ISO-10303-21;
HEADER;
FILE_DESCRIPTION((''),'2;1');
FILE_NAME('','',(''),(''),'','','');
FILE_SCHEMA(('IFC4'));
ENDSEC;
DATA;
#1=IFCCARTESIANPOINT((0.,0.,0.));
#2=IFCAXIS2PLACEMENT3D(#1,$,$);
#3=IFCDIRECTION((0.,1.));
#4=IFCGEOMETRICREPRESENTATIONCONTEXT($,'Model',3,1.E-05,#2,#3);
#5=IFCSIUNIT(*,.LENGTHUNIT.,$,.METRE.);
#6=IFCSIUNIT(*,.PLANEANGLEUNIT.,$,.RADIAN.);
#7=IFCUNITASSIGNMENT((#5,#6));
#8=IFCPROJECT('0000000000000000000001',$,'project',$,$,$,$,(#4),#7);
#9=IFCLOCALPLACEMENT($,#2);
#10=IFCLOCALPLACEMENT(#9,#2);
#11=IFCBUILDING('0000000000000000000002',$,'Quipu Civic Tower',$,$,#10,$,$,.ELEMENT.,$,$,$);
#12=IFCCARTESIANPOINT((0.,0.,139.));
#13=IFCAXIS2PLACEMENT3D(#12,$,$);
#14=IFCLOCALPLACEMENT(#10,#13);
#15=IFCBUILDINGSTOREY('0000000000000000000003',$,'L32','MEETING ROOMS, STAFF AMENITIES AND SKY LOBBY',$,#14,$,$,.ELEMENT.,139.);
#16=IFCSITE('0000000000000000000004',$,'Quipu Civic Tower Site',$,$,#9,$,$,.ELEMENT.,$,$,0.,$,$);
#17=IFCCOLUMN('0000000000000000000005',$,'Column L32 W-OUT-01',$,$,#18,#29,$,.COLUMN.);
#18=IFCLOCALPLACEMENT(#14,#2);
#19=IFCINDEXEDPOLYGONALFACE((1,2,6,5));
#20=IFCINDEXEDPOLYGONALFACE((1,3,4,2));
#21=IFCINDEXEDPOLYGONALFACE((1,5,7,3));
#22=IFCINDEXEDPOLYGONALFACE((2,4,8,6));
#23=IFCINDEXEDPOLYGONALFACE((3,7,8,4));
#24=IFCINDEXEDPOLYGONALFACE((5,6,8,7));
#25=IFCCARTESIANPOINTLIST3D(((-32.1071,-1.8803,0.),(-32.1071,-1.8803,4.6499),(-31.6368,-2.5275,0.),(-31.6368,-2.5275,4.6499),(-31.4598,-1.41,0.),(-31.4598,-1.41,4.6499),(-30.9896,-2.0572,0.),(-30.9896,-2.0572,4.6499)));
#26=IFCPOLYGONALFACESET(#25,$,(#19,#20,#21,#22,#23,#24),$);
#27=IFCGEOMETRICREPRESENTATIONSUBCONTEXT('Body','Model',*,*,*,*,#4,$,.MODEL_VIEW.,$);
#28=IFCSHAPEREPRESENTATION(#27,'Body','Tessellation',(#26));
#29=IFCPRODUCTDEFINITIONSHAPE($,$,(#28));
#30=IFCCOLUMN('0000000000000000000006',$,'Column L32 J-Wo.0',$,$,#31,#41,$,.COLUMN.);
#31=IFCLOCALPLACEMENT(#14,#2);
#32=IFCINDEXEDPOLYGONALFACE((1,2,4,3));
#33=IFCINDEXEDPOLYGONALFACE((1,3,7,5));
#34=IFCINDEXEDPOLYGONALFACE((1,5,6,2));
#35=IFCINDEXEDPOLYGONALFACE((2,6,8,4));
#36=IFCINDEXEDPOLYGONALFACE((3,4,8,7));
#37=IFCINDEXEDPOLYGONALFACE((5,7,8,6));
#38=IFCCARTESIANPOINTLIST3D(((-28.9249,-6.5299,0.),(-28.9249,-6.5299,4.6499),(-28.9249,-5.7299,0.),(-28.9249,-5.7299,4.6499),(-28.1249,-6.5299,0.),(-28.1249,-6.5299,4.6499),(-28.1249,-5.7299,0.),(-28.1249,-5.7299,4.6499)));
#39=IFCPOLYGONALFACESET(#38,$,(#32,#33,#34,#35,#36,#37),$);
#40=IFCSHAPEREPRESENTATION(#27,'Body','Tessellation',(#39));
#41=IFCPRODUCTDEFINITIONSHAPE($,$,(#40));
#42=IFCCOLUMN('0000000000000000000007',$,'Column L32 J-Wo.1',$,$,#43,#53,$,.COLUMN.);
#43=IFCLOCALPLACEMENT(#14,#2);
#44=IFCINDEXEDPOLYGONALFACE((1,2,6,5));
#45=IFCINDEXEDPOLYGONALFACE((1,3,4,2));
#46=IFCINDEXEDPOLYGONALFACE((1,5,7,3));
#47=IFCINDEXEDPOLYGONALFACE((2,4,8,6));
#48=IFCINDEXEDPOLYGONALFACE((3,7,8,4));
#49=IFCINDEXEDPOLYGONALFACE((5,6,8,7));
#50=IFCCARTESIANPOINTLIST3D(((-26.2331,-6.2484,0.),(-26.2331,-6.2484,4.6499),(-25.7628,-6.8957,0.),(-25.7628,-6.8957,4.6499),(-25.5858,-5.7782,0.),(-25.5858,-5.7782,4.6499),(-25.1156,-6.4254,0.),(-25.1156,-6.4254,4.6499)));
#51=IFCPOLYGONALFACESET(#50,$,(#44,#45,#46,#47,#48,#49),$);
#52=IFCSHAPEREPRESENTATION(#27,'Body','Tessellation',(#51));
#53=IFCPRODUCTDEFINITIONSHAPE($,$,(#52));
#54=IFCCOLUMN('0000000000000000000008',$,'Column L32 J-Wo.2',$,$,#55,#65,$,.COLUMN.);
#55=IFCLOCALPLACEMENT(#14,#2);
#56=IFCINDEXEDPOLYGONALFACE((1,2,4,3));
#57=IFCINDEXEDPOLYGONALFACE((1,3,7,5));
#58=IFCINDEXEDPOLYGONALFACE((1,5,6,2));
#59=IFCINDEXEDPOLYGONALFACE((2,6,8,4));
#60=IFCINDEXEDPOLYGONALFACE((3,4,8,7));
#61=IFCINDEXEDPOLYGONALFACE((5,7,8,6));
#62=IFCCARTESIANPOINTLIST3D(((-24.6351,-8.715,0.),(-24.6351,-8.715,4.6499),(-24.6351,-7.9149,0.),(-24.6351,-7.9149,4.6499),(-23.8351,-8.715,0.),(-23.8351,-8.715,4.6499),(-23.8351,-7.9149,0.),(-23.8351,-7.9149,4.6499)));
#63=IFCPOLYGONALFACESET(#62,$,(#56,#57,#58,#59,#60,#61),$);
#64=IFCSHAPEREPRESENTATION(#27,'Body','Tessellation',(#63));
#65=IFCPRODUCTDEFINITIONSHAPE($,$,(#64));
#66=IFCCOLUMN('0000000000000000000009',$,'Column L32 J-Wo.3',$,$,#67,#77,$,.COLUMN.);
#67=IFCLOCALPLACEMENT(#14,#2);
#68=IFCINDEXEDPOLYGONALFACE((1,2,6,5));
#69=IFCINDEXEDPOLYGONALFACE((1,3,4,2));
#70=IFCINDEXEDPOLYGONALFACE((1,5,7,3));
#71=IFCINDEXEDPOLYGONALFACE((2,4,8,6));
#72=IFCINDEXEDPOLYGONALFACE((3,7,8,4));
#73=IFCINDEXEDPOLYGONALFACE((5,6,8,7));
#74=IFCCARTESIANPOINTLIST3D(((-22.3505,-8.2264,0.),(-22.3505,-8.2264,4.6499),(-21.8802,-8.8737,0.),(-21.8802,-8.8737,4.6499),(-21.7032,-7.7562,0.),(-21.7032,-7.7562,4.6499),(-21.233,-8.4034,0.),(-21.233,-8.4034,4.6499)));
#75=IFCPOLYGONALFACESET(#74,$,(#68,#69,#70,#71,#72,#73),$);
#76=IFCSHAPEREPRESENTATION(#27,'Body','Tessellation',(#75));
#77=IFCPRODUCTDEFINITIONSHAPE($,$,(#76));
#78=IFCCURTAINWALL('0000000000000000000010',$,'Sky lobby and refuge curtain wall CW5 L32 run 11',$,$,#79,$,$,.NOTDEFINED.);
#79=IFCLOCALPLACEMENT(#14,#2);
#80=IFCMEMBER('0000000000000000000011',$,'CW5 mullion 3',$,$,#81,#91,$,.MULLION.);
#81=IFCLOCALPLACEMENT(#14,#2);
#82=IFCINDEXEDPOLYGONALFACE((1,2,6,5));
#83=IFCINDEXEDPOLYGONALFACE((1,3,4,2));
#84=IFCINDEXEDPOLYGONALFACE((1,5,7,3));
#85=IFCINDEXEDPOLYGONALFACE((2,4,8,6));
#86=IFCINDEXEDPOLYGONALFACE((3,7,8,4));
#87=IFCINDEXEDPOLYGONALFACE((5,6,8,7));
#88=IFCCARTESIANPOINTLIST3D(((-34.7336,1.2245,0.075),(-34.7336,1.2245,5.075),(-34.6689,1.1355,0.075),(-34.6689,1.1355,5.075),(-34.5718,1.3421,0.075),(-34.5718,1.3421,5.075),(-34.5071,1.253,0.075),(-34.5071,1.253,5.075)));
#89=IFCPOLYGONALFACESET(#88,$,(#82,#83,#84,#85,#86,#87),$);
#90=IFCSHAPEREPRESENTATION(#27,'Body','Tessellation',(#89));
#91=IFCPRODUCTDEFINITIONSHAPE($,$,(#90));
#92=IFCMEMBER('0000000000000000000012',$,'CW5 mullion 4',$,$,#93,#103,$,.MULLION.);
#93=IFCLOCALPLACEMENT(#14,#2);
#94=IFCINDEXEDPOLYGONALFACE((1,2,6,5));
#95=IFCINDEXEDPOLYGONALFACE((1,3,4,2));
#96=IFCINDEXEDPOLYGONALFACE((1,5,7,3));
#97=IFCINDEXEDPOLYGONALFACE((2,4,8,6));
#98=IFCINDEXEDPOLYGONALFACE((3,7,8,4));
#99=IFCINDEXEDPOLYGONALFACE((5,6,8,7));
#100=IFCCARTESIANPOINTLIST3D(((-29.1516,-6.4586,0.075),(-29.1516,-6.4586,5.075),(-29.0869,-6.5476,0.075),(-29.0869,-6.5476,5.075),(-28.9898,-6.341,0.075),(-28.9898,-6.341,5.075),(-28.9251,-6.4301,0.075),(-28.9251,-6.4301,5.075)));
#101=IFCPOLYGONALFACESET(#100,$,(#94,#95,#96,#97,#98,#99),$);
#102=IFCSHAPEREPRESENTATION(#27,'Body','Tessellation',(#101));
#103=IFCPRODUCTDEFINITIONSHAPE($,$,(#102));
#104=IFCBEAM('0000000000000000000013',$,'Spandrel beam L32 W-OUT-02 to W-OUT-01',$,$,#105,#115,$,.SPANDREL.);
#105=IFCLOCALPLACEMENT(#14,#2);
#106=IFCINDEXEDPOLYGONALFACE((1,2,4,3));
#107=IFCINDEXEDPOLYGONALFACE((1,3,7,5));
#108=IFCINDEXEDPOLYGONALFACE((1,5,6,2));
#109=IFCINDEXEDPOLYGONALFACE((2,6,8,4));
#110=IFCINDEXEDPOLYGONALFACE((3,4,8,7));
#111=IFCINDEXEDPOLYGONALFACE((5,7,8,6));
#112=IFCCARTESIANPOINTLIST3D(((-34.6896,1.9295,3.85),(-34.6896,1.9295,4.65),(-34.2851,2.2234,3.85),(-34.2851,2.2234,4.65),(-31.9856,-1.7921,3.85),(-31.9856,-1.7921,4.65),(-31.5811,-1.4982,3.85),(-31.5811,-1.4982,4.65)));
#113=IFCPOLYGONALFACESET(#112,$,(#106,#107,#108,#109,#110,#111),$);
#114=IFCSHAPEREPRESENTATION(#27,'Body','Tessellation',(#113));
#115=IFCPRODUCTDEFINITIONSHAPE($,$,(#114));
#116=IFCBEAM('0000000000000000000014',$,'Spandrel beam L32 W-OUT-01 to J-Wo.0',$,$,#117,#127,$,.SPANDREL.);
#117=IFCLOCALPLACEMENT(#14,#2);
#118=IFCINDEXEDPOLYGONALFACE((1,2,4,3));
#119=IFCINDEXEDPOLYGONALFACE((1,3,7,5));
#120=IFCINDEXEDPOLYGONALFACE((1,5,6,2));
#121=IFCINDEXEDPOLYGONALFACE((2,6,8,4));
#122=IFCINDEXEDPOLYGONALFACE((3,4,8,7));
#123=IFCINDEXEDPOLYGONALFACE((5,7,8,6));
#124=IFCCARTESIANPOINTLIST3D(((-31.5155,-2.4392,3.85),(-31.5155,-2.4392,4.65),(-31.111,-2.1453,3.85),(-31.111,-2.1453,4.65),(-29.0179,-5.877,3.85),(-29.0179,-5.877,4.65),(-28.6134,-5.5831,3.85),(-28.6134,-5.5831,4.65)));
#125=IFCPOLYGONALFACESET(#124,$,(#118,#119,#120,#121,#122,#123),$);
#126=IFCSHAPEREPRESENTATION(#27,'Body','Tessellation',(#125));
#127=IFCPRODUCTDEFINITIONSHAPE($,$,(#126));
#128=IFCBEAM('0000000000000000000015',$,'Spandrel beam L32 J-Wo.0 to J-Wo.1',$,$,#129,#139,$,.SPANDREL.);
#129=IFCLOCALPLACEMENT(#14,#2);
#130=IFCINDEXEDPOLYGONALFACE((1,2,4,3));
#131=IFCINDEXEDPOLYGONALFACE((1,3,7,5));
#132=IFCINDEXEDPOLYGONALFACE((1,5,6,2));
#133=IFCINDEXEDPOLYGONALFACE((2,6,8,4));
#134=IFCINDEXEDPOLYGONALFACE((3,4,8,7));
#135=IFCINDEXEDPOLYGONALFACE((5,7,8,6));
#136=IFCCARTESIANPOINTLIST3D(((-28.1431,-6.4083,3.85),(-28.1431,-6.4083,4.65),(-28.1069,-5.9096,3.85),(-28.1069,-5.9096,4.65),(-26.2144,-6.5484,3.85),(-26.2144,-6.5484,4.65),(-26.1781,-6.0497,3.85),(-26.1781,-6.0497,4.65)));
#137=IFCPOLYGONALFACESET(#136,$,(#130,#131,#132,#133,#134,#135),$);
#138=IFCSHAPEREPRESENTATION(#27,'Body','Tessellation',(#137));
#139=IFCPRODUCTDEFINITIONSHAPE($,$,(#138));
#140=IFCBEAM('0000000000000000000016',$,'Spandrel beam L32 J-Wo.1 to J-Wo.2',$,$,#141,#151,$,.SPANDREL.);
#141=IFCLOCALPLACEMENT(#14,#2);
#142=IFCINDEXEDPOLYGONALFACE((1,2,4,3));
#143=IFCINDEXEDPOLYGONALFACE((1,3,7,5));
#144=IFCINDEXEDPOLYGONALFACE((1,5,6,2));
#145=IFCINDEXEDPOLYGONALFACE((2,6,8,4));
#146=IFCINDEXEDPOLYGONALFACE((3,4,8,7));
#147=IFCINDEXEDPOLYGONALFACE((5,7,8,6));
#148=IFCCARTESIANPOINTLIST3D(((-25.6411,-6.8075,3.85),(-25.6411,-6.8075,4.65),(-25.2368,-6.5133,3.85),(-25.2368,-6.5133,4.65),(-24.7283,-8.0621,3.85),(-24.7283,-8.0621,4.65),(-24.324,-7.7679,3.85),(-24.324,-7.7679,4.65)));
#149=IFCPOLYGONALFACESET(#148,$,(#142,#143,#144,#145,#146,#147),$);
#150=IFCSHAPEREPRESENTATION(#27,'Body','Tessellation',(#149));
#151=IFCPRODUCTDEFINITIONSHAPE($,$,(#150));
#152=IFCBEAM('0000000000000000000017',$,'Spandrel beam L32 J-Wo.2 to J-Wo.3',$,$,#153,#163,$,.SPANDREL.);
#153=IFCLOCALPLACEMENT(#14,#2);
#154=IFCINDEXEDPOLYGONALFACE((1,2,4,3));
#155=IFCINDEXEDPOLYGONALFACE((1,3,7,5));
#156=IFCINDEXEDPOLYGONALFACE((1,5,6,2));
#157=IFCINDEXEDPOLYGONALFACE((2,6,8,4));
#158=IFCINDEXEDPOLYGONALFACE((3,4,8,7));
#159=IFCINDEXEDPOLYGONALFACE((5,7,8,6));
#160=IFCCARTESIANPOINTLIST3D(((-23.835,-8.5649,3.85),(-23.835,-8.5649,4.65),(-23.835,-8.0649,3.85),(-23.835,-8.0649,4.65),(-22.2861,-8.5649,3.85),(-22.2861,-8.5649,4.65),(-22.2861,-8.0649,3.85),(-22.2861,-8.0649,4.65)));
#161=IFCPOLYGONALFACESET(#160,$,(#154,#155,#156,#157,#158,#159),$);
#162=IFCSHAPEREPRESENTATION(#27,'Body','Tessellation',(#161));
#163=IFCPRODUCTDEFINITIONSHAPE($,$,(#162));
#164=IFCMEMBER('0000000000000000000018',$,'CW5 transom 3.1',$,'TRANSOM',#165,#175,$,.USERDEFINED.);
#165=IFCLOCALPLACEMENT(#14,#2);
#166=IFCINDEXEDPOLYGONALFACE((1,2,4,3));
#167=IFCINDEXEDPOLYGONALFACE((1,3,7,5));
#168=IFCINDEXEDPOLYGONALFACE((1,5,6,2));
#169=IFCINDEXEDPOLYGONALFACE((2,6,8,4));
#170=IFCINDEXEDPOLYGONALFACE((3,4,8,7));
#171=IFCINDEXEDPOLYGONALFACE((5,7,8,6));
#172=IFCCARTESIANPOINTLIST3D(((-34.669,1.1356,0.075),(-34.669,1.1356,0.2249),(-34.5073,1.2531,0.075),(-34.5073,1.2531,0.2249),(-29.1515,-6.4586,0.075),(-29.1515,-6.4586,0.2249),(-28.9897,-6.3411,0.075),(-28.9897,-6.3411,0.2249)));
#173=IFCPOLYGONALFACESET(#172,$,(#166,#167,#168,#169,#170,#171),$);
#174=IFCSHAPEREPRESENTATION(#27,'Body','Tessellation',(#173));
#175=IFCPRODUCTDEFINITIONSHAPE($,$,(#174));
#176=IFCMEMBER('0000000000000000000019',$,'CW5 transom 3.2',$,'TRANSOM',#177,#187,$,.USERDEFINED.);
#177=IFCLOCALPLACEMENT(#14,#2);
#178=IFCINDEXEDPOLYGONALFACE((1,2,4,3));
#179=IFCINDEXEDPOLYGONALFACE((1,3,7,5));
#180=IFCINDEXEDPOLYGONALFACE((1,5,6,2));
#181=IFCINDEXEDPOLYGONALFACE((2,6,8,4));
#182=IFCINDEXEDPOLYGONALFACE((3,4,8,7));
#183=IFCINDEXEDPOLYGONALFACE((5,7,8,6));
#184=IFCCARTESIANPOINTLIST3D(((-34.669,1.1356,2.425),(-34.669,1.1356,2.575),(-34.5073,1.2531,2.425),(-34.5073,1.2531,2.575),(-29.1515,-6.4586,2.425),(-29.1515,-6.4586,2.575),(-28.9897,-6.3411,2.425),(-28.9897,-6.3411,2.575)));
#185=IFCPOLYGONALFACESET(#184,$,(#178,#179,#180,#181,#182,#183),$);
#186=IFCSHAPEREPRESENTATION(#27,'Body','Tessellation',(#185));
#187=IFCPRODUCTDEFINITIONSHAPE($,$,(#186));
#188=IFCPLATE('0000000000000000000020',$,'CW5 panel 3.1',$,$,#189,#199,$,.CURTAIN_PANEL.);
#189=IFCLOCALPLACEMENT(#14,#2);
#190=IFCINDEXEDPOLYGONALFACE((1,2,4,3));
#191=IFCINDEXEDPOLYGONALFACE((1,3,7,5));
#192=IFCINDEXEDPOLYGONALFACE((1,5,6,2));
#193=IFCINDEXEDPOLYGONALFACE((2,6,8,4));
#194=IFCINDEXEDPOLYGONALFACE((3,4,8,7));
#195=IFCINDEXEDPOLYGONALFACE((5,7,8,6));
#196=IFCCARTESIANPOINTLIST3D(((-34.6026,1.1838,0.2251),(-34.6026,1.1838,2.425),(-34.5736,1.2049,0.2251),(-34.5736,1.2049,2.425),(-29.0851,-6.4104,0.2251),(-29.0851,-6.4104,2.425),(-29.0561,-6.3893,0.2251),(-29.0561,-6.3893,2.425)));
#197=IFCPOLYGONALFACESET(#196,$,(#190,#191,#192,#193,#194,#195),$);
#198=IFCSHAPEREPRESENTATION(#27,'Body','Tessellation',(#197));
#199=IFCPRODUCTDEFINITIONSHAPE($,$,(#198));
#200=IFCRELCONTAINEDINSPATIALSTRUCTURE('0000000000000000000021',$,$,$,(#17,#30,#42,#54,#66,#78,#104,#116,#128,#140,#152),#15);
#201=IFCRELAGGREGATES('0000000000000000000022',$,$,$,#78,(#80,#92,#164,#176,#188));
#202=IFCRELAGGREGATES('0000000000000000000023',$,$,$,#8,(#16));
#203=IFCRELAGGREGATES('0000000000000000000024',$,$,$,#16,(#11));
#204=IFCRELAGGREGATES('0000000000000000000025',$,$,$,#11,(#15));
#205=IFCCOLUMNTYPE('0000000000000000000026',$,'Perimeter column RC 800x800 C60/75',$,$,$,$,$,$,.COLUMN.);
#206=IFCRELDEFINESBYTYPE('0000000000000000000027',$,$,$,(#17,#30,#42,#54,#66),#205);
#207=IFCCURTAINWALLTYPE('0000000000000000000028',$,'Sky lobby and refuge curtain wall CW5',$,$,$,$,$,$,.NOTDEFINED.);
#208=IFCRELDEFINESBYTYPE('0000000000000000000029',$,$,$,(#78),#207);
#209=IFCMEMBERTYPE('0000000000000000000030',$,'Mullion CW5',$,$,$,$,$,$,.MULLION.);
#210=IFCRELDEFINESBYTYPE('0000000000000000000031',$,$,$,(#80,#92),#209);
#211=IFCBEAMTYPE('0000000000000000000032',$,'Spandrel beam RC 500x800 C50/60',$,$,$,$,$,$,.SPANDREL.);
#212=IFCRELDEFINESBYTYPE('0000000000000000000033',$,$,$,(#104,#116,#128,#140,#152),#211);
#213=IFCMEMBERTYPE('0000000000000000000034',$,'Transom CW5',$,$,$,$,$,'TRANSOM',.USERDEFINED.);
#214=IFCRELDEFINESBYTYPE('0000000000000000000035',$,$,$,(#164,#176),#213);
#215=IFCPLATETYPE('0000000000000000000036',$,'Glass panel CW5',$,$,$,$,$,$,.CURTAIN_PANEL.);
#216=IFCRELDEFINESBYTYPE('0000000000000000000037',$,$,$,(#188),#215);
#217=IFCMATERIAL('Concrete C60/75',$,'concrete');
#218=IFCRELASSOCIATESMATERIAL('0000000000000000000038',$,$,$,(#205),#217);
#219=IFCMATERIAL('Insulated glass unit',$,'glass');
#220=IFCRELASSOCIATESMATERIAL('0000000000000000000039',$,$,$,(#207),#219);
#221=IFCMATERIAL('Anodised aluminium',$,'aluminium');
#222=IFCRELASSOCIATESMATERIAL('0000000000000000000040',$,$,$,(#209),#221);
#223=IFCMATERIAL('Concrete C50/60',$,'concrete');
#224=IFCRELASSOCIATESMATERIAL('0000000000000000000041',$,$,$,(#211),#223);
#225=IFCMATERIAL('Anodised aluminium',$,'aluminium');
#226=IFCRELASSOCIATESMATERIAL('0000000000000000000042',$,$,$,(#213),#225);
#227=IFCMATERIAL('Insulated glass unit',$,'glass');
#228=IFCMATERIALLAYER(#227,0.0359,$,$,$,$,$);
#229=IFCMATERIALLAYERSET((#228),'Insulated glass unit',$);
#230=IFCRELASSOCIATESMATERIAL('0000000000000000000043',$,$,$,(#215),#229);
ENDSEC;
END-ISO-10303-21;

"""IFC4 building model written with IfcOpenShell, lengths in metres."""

from ifc_helpers import new_model, si_unit, direction, frame, origin, origin_2d, place, context, subcontext, project, spatial, rectangle, extrude, material, layer, layer_set, material_profile, profile_set, type_object, element, aggregate, save


model = new_model("IFC4")

# Units and contexts
model_context = context("Model", 3, precision=1e-05, world=origin(), true_north=direction((0.0, 1.0)))
body_context = subcontext(model_context, "Body", "Model", "MODEL_VIEW")
ifc_project = project(units=[si_unit("LENGTHUNIT", "METRE"), si_unit("PLANEANGLEUNIT", "RADIAN")], contexts=[model_context])

# Site, building, storey
site_placement = place(None, origin())
site = spatial("IfcSite", under=ifc_project, at=site_placement, Name="Quipu Civic Tower Site", CompositionType="ELEMENT", RefElevation=0.0)
building_placement = place(site_placement, origin())
building = spatial("IfcBuilding", under=site, at=building_placement, Name="Quipu Civic Tower", CompositionType="ELEMENT")
storey_placement = place(building_placement, frame((0.0, 0.0, 139.0)))
storey = spatial("IfcBuildingStorey", under=building, at=storey_placement, Name="L32", Description="MEETING ROOMS, STAFF AMENITIES AND SKY LOBBY", CompositionType="ELEMENT", Elevation=139.0)

# Columns
ifc_material_1 = material(Name="Concrete C60/75", Category="concrete")
ifc_material_profile_1 = material_profile(ifc_material_1, rectangle(XDim=0.8, YDim=0.8, at=origin_2d()), Name="RC800x800")
ifc_profile_set_1 = profile_set([ifc_material_profile_1], Name="Concrete C60/75")
column_type = type_object("IfcColumnType", Name="Perimeter column RC 800x800 C60/75", PredefinedType="COLUMN", material=ifc_profile_set_1)
for number, where, z_axis, x_axis, name in (
    (1, (-31.5483, -1.9688, 0.0), (0.0, 0.0, 1.0), (0.587785, -0.809017, 0.0), "Column L32 W-OUT-01"),
    (2, (-28.5249, -6.1299, 0.0), (0.0, 0.0, 1.0), (1.0, 0.0, 0.0), "Column L32 J-Wo.0"),
    (3, (-25.6743, -6.3369, 0.0), (0.0, 0.0, 1.0), (0.587785, -0.809017, 0.0), "Column L32 J-Wo.1"),
    (4, (-24.2351, -8.3149, 0.0), (0.0, 0.0, 1.0), (1.0, 0.0, 0.0), "Column L32 J-Wo.2"),
    (5, (-21.7917, -8.3149, 0.0), (0.0, 0.0, 1.0), (0.587785, -0.809017, 0.0), "Column L32 J-Wo.3"),
):
    element("IfcColumn", number, at=place(storey_placement, frame(where, z_axis=z_axis, x_axis=x_axis)), inside=storey, type_object=column_type, Name=name, PredefinedType="COLUMN", context=body_context, shape_type="SweptSolid", body=[
        extrude(rectangle(XDim=0.8, YDim=0.8, at=origin_2d()), origin(), (0.0, 0.0, 1.0), 4.6499),
    ])

# Curtain wall, members
ifc_material_2 = material(Name="Insulated glass unit", Category="glass")
curtain_wall_type = type_object("IfcCurtainWallType", Name="Sky lobby and refuge curtain wall CW5", PredefinedType="NOTDEFINED", material=ifc_material_2)
curtain_wall_placement = place(storey_placement, origin())
curtain_wall = element("IfcCurtainWall", 6, at=curtain_wall_placement, inside=storey, type_object=curtain_wall_type, Name="Sky lobby and refuge curtain wall CW5 L32 run 11", PredefinedType="NOTDEFINED")
ifc_material_3 = material(Name="Anodised aluminium", Category="aluminium")
ifc_material_profile_2 = material_profile(ifc_material_3, rectangle(XDim=0.2, YDim=0.1101, at=origin_2d()), Name="RECT 200x110")
ifc_profile_set_2 = profile_set([ifc_material_profile_2], Name="Anodised aluminium")
member_type_1 = type_object("IfcMemberType", Name="Mullion CW5", PredefinedType="MULLION", material=ifc_profile_set_2)
member_1_placement = place(storey_placement, frame((-34.6204, 1.2388, 0.075), z_axis=(0.0, 0.0, 1.0), x_axis=(0.809017, 0.587786, 0.0)))
member_1 = element("IfcMember", 7, at=member_1_placement, type_object=member_type_1, Name="CW5 mullion 3", PredefinedType="MULLION", context=body_context, shape_type="SweptSolid", body=[
    extrude(rectangle(XDim=0.2, YDim=0.1101, at=origin_2d()), origin(), (0.0, 0.0, 1.0), 5.0),
])
member_2_placement = place(storey_placement, frame((-29.0383, -6.4443, 0.075), z_axis=(0.0, 0.0, 1.0), x_axis=(0.809017, 0.587786, 0.0)))
member_2 = element("IfcMember", 8, at=member_2_placement, type_object=member_type_1, Name="CW5 mullion 4", PredefinedType="MULLION", context=body_context, shape_type="SweptSolid", body=[
    extrude(rectangle(XDim=0.2, YDim=0.1101, at=origin_2d()), origin(), (0.0, 0.0, 1.0), 5.0),
])

# Beams
ifc_material_4 = material(Name="Concrete C50/60", Category="concrete")
ifc_material_profile_3 = material_profile(ifc_material_4, rectangle(XDim=0.5, YDim=0.8, at=origin_2d()), Name="RC500x800")
ifc_profile_set_3 = profile_set([ifc_material_profile_3], Name="Concrete C50/60")
beam_type = type_object("IfcBeamType", Name="Spandrel beam RC 500x800 C50/60", PredefinedType="SPANDREL", material=ifc_profile_set_3)
beam_1_placement = place(storey_placement, frame((-34.4873, 2.0764, 4.25), z_axis=(0.587796, -0.809009, 0.0), x_axis=(0.809009, 0.587796, 0.0)))
element("IfcBeam", 9, at=beam_1_placement, inside=storey, type_object=beam_type, Name="Spandrel beam L32 W-OUT-02 to W-OUT-01", PredefinedType="SPANDREL", context=body_context, shape_type="SweptSolid", body=[
    extrude(rectangle(XDim=0.5, YDim=0.8, at=origin_2d()), origin(), (0.0, 0.0, 1.0), 4.6001),
])
beam_2_placement = place(storey_placement, frame((-31.3132, -2.2922, 4.25), z_axis=(0.587769, -0.809029, 0.0), x_axis=(0.809029, 0.587769, 0.0)))
element("IfcBeam", 10, at=beam_2_placement, inside=storey, type_object=beam_type, Name="Spandrel beam L32 W-OUT-01 to J-Wo.0", PredefinedType="SPANDREL", context=body_context, shape_type="SweptSolid", body=[
    extrude(rectangle(XDim=0.5, YDim=0.8, at=origin_2d()), origin(), (0.0, 0.0, 1.0), 4.2493),
])
beam_3_placement = place(storey_placement, frame((-28.125, -6.1589, 4.25), z_axis=(0.997371, -0.072467, 0.0), x_axis=(0.072467, 0.997371, 0.0)))
element("IfcBeam", 11, at=beam_3_placement, inside=storey, type_object=beam_type, Name="Spandrel beam L32 J-Wo.0 to J-Wo.1", PredefinedType="SPANDREL", context=body_context, shape_type="SweptSolid", body=[
    extrude(rectangle(XDim=0.5, YDim=0.8, at=origin_2d()), origin(), (0.0, 0.0, 1.0), 1.9338),
])
beam_4_placement = place(storey_placement, frame((-25.439, -6.6604, 4.25), z_axis=(0.588331, -0.80862, 0.0), x_axis=(0.80862, 0.588331, 0.0)))
element("IfcBeam", 12, at=beam_4_placement, inside=storey, type_object=beam_type, Name="Spandrel beam L32 J-Wo.1 to J-Wo.2", PredefinedType="SPANDREL", context=body_context, shape_type="SweptSolid", body=[
    extrude(rectangle(XDim=0.5, YDim=0.8, at=origin_2d()), origin(), (0.0, 0.0, 1.0), 1.5515),
])
beam_5_placement = place(storey_placement, frame((-23.835, -8.3149, 4.25), z_axis=(1.0, 0.0, 0.0), x_axis=(0.0, 1.0, 0.0)))
element("IfcBeam", 13, at=beam_5_placement, inside=storey, type_object=beam_type, Name="Spandrel beam L32 J-Wo.2 to J-Wo.3", PredefinedType="SPANDREL", context=body_context, shape_type="SweptSolid", body=[
    extrude(rectangle(XDim=0.5, YDim=0.8, at=origin_2d()), origin(), (0.0, 0.0, 1.0), 1.5488),
])

# Members
ifc_material_5 = material(Name="Anodised aluminium", Category="aluminium")
ifc_material_profile_4 = material_profile(ifc_material_5, rectangle(XDim=0.2, YDim=0.1499, at=origin_2d()), Name="RECT 200x150")
ifc_profile_set_4 = profile_set([ifc_material_profile_4], Name="Anodised aluminium")
member_type_2 = type_object("IfcMemberType", Name="Transom CW5", ElementType="TRANSOM", PredefinedType="USERDEFINED", material=ifc_profile_set_4)
member_3_placement = place(storey_placement, frame((-34.5881, 1.1943, 0.1499), z_axis=(0.587788, -0.809015, 0.0), x_axis=(0.809015, 0.587788, 0.0)))
member_3 = element("IfcMember", 14, at=member_3_placement, type_object=member_type_2, Name="CW5 transom 3.1", ObjectType="TRANSOM", PredefinedType="USERDEFINED", context=body_context, shape_type="SweptSolid", body=[
    extrude(rectangle(XDim=0.2, YDim=0.1499, at=origin_2d()), origin(), (0.0, 0.0, 1.0), 9.387),
])
member_4_placement = place(storey_placement, frame((-34.5881, 1.1943, 2.5), z_axis=(0.587788, -0.809015, 0.0), x_axis=(0.809015, 0.587788, 0.0)))
member_4 = element("IfcMember", 15, at=member_4_placement, type_object=member_type_2, Name="CW5 transom 3.2", ObjectType="TRANSOM", PredefinedType="USERDEFINED", context=body_context, shape_type="SweptSolid", body=[
    extrude(rectangle(XDim=0.2, YDim=0.1499, at=origin_2d()), origin(), (0.0, 0.0, 1.0), 9.387),
])

# Plate
ifc_material_6 = material(Name="Insulated glass unit", Category="glass")
ifc_layer_1 = layer(ifc_material_6, 0.0359)
ifc_layer_set_1 = layer_set([ifc_layer_1], Name="Insulated glass unit")
plate_type_1 = type_object("IfcPlateType", Name="Glass panel CW5", PredefinedType="CURTAIN_PANEL", material=ifc_layer_set_1)
plate_1_placement = place(storey_placement, frame((-31.8293, -2.6028, 0.2251), z_axis=(0.0, 0.0, 1.0), x_axis=(0.587786, -0.809017, 0.0)))
plate_1 = element("IfcPlate", 16, at=plate_1_placement, type_object=plate_type_1, Name="CW5 panel 3.1", PredefinedType="CURTAIN_PANEL", context=body_context, shape_type="SweptSolid", body=[
    extrude(rectangle(XDim=9.387, YDim=0.0359, at=origin_2d()), origin(), (0.0, 0.0, 1.0), 2.2),
])
aggregate(curtain_wall, [member_1, member_2, member_3, member_4, plate_1])

save(model, "model.ifc")
